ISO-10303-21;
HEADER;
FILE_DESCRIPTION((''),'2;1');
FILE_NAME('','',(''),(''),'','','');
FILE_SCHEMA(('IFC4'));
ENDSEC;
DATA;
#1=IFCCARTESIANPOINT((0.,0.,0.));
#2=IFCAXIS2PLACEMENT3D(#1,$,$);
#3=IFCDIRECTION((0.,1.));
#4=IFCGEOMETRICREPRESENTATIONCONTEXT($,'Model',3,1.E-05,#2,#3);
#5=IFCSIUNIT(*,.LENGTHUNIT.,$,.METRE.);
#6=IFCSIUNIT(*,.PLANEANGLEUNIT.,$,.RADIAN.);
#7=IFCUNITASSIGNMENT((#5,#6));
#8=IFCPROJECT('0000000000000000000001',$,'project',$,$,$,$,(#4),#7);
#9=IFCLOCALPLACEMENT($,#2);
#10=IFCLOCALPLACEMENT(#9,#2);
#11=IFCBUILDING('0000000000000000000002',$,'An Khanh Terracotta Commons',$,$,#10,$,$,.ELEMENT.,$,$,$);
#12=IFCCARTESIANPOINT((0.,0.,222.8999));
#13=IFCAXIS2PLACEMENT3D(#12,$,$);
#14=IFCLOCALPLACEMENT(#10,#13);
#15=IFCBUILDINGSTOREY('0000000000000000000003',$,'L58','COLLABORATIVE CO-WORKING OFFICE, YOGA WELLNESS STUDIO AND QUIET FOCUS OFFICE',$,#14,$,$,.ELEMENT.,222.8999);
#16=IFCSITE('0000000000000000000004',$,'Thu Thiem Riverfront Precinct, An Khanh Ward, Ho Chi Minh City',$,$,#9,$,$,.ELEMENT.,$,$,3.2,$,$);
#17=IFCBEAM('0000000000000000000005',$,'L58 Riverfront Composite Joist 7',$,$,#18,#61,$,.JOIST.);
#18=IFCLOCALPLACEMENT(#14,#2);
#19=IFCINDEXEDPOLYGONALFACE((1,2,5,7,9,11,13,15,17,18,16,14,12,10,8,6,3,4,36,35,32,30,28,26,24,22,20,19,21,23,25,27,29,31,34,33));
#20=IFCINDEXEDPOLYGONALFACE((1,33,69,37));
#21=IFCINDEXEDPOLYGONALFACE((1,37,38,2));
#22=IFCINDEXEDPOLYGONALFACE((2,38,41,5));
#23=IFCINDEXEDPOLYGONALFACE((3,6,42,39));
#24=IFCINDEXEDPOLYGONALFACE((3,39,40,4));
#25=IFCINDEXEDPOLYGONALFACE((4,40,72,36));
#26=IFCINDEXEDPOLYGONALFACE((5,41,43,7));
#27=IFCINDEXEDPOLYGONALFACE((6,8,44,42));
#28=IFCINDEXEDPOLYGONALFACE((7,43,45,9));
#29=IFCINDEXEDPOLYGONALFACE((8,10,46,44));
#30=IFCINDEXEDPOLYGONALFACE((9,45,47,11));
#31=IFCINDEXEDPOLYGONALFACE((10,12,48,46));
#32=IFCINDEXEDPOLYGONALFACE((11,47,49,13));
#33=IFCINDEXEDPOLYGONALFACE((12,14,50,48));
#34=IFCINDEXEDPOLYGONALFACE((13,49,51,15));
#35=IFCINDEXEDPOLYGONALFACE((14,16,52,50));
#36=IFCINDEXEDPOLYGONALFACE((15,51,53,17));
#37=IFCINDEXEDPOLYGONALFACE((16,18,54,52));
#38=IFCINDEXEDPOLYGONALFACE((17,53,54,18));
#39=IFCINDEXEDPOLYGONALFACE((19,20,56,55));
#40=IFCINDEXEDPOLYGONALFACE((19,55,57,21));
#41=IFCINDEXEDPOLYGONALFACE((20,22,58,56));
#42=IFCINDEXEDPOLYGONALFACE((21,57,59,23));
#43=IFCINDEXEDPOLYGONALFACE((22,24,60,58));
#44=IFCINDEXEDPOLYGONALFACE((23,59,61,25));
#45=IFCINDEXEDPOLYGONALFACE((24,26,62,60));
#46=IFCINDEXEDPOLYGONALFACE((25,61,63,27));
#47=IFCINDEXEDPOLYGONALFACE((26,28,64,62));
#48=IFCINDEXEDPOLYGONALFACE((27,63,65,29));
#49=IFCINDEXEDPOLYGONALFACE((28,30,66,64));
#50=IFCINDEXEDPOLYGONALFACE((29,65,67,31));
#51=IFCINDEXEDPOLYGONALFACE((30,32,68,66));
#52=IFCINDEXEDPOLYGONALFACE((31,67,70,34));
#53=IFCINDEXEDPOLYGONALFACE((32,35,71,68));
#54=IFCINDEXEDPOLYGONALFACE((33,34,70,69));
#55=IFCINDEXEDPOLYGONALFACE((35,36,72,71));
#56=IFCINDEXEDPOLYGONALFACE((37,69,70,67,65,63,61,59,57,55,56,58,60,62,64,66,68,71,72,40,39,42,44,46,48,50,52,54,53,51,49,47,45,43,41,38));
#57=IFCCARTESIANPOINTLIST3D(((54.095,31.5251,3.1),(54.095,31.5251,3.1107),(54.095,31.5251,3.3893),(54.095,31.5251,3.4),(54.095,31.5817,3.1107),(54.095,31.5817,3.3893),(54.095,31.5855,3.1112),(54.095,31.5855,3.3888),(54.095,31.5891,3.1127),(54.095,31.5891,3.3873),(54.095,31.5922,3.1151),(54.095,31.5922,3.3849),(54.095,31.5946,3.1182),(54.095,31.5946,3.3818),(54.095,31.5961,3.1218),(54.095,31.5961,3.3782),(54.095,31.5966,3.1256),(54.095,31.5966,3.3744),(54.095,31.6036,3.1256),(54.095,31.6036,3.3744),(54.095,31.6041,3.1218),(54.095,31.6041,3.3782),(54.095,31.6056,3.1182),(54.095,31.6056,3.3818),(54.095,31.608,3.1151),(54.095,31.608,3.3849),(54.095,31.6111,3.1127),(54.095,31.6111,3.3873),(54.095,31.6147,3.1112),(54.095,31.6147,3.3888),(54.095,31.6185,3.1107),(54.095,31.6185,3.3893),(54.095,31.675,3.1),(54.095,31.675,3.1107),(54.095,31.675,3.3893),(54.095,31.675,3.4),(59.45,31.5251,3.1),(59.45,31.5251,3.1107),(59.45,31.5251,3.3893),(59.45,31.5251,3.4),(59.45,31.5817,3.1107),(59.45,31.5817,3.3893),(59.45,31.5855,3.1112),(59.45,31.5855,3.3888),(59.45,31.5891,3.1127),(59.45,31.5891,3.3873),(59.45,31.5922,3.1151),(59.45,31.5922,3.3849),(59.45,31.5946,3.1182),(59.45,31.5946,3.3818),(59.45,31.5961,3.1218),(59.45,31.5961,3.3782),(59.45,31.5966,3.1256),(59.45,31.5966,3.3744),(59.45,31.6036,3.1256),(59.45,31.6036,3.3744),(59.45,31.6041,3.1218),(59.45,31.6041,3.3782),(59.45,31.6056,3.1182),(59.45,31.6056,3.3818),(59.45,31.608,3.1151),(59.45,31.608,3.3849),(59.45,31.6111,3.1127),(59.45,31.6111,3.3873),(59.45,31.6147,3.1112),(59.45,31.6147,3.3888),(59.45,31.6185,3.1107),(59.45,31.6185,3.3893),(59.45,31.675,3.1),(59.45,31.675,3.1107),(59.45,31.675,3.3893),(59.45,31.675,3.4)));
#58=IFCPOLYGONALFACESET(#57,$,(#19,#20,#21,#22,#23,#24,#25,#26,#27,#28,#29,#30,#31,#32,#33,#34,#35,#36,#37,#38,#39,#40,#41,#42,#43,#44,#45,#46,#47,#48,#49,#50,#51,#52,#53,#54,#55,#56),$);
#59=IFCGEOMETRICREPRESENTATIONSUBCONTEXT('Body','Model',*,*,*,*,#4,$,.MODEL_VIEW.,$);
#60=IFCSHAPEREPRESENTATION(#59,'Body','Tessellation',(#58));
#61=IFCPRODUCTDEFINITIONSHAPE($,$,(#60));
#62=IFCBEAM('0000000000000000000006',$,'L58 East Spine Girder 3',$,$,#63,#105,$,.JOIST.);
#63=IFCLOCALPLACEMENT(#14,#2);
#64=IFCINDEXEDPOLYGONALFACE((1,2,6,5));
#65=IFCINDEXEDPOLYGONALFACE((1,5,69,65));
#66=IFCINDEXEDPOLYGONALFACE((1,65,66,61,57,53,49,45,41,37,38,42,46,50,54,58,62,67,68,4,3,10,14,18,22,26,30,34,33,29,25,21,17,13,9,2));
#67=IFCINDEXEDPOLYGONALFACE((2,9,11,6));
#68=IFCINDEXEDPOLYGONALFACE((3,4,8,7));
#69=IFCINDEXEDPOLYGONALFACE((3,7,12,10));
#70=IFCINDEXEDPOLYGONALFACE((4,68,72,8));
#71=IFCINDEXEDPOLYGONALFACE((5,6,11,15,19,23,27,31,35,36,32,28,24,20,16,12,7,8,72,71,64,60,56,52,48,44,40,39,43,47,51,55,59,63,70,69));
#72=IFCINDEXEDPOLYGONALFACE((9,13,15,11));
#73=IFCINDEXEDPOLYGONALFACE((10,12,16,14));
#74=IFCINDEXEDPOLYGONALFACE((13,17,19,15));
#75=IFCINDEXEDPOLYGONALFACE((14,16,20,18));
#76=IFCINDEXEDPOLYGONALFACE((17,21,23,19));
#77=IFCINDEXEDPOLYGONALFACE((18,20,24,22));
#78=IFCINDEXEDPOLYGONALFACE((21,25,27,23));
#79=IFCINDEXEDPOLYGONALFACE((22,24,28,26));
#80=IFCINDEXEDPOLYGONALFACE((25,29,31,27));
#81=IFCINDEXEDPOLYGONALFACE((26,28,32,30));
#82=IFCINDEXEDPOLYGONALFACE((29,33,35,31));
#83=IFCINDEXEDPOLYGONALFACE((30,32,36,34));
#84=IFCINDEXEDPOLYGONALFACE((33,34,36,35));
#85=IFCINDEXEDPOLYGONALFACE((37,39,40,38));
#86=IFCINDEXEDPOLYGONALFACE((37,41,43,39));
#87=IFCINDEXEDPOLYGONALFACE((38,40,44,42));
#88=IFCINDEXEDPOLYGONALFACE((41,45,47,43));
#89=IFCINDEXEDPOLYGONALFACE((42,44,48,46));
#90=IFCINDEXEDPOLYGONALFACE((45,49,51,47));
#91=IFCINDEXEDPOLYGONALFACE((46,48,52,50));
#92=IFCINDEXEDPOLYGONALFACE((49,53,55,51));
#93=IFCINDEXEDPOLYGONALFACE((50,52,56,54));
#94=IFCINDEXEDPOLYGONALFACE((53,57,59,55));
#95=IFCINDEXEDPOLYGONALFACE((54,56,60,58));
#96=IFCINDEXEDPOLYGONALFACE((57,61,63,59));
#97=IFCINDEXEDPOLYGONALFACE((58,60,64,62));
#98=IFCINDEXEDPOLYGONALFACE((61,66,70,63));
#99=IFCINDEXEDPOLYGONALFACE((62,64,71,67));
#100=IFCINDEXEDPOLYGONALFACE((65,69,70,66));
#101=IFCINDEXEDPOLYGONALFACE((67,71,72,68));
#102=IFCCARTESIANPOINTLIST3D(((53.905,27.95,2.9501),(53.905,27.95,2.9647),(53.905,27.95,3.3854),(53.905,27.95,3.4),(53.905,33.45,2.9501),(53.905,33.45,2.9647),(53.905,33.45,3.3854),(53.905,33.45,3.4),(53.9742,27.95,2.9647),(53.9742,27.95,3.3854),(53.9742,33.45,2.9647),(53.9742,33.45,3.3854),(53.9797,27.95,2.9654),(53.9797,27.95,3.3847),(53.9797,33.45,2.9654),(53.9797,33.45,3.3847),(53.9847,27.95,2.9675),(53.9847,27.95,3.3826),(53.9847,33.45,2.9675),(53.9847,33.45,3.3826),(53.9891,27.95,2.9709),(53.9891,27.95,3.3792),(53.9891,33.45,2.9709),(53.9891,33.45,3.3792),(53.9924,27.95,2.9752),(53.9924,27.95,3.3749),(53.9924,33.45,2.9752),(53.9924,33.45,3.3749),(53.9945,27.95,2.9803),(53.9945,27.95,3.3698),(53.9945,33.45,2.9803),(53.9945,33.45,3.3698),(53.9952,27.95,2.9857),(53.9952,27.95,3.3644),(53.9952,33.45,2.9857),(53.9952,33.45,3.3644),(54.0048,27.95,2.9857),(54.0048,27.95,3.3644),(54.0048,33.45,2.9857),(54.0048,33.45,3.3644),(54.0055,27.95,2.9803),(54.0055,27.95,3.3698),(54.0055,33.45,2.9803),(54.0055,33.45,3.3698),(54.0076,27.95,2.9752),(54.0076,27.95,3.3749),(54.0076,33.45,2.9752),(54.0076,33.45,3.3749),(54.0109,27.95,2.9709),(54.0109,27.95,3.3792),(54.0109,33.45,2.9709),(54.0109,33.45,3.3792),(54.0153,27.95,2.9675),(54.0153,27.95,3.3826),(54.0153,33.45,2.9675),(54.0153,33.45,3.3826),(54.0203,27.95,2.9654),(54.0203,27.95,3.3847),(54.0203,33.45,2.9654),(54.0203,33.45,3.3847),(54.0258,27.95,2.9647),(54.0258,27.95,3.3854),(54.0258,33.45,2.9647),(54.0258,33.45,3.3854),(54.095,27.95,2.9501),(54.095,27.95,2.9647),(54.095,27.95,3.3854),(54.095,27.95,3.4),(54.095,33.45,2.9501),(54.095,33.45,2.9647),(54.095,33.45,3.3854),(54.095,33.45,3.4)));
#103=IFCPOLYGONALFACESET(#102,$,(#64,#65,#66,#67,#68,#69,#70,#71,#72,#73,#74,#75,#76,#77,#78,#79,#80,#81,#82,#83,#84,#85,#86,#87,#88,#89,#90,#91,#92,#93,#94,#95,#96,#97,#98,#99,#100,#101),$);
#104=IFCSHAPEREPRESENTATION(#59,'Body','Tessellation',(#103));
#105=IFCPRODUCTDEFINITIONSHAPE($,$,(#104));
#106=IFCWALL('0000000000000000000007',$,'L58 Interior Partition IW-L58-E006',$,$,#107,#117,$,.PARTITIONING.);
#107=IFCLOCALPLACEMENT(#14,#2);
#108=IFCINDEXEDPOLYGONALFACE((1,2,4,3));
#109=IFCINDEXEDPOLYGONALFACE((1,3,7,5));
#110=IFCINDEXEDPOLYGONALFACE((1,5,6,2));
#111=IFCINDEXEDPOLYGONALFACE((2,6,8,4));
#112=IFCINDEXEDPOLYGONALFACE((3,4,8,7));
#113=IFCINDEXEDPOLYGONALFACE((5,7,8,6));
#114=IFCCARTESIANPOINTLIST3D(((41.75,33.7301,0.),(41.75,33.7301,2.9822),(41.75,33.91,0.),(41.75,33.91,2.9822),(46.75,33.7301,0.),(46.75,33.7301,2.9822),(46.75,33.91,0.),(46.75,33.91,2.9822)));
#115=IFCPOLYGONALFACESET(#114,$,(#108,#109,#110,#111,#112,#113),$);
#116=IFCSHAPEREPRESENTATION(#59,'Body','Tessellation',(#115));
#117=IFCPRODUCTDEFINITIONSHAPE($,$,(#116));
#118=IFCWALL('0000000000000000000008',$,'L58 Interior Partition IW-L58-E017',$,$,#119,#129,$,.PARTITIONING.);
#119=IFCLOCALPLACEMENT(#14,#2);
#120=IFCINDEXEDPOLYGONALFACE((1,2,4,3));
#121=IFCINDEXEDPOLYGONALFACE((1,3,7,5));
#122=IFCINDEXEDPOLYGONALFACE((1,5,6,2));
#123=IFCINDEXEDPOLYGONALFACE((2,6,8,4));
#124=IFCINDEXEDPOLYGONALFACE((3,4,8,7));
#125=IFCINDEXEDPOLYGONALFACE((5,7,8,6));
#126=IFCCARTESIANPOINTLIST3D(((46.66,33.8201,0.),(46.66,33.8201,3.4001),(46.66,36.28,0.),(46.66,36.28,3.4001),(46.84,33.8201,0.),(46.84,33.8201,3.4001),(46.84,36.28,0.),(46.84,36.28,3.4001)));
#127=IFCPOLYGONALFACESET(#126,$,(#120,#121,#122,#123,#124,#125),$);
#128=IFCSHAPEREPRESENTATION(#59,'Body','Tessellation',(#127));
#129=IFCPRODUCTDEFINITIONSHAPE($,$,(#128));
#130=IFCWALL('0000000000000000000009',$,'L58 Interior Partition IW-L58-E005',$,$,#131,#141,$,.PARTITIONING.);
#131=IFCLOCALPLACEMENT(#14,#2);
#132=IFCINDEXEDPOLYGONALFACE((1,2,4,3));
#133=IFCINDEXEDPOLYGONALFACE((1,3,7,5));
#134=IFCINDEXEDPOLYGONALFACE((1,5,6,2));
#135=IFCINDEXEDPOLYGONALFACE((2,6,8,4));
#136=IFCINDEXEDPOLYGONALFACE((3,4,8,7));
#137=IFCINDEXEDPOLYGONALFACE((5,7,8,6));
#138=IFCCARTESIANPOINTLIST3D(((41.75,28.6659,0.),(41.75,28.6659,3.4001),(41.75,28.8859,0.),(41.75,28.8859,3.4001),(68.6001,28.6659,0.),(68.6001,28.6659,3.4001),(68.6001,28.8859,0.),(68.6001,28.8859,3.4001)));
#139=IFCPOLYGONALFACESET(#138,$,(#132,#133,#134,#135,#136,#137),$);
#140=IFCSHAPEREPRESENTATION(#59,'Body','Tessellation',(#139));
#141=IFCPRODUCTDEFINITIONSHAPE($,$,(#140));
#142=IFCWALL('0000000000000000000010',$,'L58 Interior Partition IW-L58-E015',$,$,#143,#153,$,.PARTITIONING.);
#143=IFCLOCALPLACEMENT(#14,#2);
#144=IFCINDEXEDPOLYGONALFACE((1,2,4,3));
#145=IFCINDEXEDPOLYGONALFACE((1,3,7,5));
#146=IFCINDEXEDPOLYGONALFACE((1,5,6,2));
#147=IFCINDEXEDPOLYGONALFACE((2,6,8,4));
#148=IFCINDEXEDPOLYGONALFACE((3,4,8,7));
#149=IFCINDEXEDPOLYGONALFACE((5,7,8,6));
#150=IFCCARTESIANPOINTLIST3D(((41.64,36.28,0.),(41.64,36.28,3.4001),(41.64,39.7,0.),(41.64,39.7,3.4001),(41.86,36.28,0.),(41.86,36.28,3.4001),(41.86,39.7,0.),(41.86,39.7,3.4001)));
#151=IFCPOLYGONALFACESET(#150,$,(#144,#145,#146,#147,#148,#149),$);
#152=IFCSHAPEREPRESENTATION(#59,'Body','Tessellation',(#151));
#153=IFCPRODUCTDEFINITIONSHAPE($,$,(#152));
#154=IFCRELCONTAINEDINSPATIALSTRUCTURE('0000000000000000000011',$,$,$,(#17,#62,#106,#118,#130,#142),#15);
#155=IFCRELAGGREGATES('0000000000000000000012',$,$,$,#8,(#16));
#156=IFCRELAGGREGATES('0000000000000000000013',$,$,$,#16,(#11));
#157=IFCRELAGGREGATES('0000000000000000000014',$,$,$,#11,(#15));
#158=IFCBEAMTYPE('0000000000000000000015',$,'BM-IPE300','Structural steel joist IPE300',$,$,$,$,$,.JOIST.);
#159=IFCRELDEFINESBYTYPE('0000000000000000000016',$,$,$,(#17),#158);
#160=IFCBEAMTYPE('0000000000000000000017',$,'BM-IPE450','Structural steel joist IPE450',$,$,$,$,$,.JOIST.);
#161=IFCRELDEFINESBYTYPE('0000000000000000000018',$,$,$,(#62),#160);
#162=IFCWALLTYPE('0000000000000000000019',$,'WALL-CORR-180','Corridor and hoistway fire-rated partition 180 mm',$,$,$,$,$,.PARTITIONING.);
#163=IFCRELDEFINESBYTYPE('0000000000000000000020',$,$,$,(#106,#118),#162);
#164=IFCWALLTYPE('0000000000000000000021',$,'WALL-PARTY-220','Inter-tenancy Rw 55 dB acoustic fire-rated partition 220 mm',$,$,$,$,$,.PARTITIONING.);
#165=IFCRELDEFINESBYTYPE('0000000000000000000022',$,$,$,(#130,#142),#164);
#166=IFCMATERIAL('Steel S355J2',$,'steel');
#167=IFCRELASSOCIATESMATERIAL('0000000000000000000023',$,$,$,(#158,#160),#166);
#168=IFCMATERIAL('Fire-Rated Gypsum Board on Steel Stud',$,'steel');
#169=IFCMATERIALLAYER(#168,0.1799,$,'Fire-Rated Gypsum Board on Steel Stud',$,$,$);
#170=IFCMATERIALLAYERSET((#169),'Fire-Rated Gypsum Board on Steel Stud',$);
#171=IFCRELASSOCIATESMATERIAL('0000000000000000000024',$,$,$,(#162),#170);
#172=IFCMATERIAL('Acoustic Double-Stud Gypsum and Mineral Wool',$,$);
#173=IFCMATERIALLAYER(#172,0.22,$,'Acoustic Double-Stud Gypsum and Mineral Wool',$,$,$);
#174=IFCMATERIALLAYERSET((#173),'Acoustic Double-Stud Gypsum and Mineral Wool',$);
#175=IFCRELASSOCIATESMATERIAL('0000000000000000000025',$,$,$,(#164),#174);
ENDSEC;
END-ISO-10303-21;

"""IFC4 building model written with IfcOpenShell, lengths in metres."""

from ifc_helpers import new_model, si_unit, direction, frame, frame_2d, origin, origin_2d, place, context, subcontext, project, spatial, rectangle, i_section, extrude, material, layer, layer_set, material_profile, profile_set, type_object, element, save


model = new_model("IFC4")

# Units and contexts
model_context = context("Model", 3, precision=1e-05, world=origin(), true_north=direction((0.0, 1.0)))
body_context = subcontext(model_context, "Body", "Model", "MODEL_VIEW")
ifc_project = project(units=[si_unit("LENGTHUNIT", "METRE"), si_unit("PLANEANGLEUNIT", "RADIAN")], contexts=[model_context])

# Site, building, storey
site_placement = place(None, origin())
site = spatial("IfcSite", under=ifc_project, at=site_placement, Name="Thu Thiem Riverfront Precinct, An Khanh Ward, Ho Chi Minh City", CompositionType="ELEMENT", RefElevation=3.2)
building_placement = place(site_placement, origin())
building = spatial("IfcBuilding", under=site, at=building_placement, Name="An Khanh Terracotta Commons", CompositionType="ELEMENT")
storey_placement = place(building_placement, frame((0.0, 0.0, 222.8999)))
storey = spatial("IfcBuildingStorey", under=building, at=storey_placement, Name="L58", Description="COLLABORATIVE CO-WORKING OFFICE, YOGA WELLNESS STUDIO AND QUIET FOCUS OFFICE", CompositionType="ELEMENT", Elevation=222.8999)

# Beams
ifc_material_1 = material(Name="Steel S355J2", Category="steel")
ifc_material_profile_1 = material_profile(ifc_material_1, i_section(OverallWidth=0.1499, OverallDepth=0.3, WebThickness=0.0071, FlangeThickness=0.0107, FilletRadius=0.0149, at=origin_2d()), Name="IPE300")
ifc_profile_set_1 = profile_set([ifc_material_profile_1], Name="Steel S355J2")
beam_type_1 = type_object("IfcBeamType", Name="BM-IPE300", Description="Structural steel joist IPE300", PredefinedType="JOIST", material=ifc_profile_set_1)
for number, where, z_axis, x_axis, name in (
    (1, (54.095, 31.6001, 3.25), (1.0, 0.0, 0.0), (0.0, 1.0, 0.0), "L58 Riverfront Composite Joist 7"),
):
    element("IfcBeam", number, at=place(storey_placement, frame(where, z_axis=z_axis, x_axis=x_axis)), inside=storey, type_object=beam_type_1, Name=name, PredefinedType="JOIST", context=body_context, shape_type="SweptSolid", body=[
        extrude(i_section(OverallWidth=0.1499, OverallDepth=0.3, WebThickness=0.0071, FlangeThickness=0.0107, FilletRadius=0.0149, at=origin_2d()), origin(), (0.0, 0.0, 1.0), 5.355),
    ])
ifc_material_profile_2 = material_profile(ifc_material_1, i_section(OverallWidth=0.1899, OverallDepth=0.45, WebThickness=0.0095, FlangeThickness=0.0146, FilletRadius=0.021, at=origin_2d()), Name="IPE450")
ifc_profile_set_2 = profile_set([ifc_material_profile_2], Name="Steel S355J2")
beam_type_2 = type_object("IfcBeamType", Name="BM-IPE450", Description="Structural steel joist IPE450", PredefinedType="JOIST", material=ifc_profile_set_2)
beam_1_placement = place(storey_placement, frame((54.0, 27.95, 3.175), z_axis=(0.0, 1.0, 0.0), x_axis=(-1.0, 0.0, 0.0)))
element("IfcBeam", 2, at=beam_1_placement, inside=storey, type_object=beam_type_2, Name="L58 East Spine Girder 3", PredefinedType="JOIST", context=body_context, shape_type="SweptSolid", body=[
    extrude(i_section(OverallWidth=0.1899, OverallDepth=0.45, WebThickness=0.0095, FlangeThickness=0.0146, FilletRadius=0.021, at=origin_2d()), origin(), (0.0, 0.0, 1.0), 5.5),
])

# Walls
ifc_material_2 = material(Name="Fire-Rated Gypsum Board on Steel Stud", Category="steel")
ifc_layer_1 = layer(ifc_material_2, 0.1799, Name="Fire-Rated Gypsum Board on Steel Stud")
ifc_layer_set_1 = layer_set([ifc_layer_1], Name="Fire-Rated Gypsum Board on Steel Stud")
wall_type_1 = type_object("IfcWallType", Name="WALL-CORR-180", Description="Corridor and hoistway fire-rated partition 180 mm", PredefinedType="PARTITIONING", material=ifc_layer_set_1)
wall_1_placement = place(storey_placement, frame((41.75, 33.8201, 0.0), z_axis=(0.0, 0.0, 1.0), x_axis=(1.0, 0.0, 0.0)))
element("IfcWall", 3, at=wall_1_placement, inside=storey, type_object=wall_type_1, Name="L58 Interior Partition IW-L58-E006", PredefinedType="PARTITIONING", context=body_context, shape_type="SweptSolid", body=[
    extrude(rectangle(XDim=5.0, YDim=0.1799, at=frame_2d((2.5, 0.0))), origin(), (0.0, 0.0, 1.0), 2.9822),
])
wall_2_placement = place(storey_placement, frame((46.75, 33.8201, 0.0), z_axis=(0.0, 0.0, 1.0), x_axis=(0.0, 1.0, 0.0)))
element("IfcWall", 4, at=wall_2_placement, inside=storey, type_object=wall_type_1, Name="L58 Interior Partition IW-L58-E017", PredefinedType="PARTITIONING", context=body_context, shape_type="SweptSolid", body=[
    extrude(rectangle(XDim=2.46, YDim=0.1799, at=frame_2d((1.23, 0.0))), origin(), (0.0, 0.0, 1.0), 3.4001),
])
ifc_material_3 = material(Name="Acoustic Double-Stud Gypsum and Mineral Wool")
ifc_layer_2 = layer(ifc_material_3, 0.22, Name="Acoustic Double-Stud Gypsum and Mineral Wool")
ifc_layer_set_2 = layer_set([ifc_layer_2], Name="Acoustic Double-Stud Gypsum and Mineral Wool")
wall_type_2 = type_object("IfcWallType", Name="WALL-PARTY-220", Description="Inter-tenancy Rw 55 dB acoustic fire-rated partition 220 mm", PredefinedType="PARTITIONING", material=ifc_layer_set_2)
wall_3_placement = place(storey_placement, frame((41.75, 28.7759, 0.0), z_axis=(0.0, 0.0, 1.0), x_axis=(1.0, 0.0, 0.0)))
element("IfcWall", 5, at=wall_3_placement, inside=storey, type_object=wall_type_2, Name="L58 Interior Partition IW-L58-E005", PredefinedType="PARTITIONING", context=body_context, shape_type="SweptSolid", body=[
    extrude(rectangle(XDim=26.8501, YDim=0.22, at=frame_2d((13.425, 0.0))), origin(), (0.0, 0.0, 1.0), 3.4001),
])
wall_4_placement = place(storey_placement, frame((41.75, 36.28, 0.0), z_axis=(0.0, 0.0, 1.0), x_axis=(0.0, 1.0, 0.0)))
element("IfcWall", 6, at=wall_4_placement, inside=storey, type_object=wall_type_2, Name="L58 Interior Partition IW-L58-E015", PredefinedType="PARTITIONING", context=body_context, shape_type="SweptSolid", body=[
    extrude(rectangle(XDim=3.4199, YDim=0.22, at=frame_2d((1.71, 0.0))), origin(), (0.0, 0.0, 1.0), 3.4001),
])

save(model, "model.ifc")
